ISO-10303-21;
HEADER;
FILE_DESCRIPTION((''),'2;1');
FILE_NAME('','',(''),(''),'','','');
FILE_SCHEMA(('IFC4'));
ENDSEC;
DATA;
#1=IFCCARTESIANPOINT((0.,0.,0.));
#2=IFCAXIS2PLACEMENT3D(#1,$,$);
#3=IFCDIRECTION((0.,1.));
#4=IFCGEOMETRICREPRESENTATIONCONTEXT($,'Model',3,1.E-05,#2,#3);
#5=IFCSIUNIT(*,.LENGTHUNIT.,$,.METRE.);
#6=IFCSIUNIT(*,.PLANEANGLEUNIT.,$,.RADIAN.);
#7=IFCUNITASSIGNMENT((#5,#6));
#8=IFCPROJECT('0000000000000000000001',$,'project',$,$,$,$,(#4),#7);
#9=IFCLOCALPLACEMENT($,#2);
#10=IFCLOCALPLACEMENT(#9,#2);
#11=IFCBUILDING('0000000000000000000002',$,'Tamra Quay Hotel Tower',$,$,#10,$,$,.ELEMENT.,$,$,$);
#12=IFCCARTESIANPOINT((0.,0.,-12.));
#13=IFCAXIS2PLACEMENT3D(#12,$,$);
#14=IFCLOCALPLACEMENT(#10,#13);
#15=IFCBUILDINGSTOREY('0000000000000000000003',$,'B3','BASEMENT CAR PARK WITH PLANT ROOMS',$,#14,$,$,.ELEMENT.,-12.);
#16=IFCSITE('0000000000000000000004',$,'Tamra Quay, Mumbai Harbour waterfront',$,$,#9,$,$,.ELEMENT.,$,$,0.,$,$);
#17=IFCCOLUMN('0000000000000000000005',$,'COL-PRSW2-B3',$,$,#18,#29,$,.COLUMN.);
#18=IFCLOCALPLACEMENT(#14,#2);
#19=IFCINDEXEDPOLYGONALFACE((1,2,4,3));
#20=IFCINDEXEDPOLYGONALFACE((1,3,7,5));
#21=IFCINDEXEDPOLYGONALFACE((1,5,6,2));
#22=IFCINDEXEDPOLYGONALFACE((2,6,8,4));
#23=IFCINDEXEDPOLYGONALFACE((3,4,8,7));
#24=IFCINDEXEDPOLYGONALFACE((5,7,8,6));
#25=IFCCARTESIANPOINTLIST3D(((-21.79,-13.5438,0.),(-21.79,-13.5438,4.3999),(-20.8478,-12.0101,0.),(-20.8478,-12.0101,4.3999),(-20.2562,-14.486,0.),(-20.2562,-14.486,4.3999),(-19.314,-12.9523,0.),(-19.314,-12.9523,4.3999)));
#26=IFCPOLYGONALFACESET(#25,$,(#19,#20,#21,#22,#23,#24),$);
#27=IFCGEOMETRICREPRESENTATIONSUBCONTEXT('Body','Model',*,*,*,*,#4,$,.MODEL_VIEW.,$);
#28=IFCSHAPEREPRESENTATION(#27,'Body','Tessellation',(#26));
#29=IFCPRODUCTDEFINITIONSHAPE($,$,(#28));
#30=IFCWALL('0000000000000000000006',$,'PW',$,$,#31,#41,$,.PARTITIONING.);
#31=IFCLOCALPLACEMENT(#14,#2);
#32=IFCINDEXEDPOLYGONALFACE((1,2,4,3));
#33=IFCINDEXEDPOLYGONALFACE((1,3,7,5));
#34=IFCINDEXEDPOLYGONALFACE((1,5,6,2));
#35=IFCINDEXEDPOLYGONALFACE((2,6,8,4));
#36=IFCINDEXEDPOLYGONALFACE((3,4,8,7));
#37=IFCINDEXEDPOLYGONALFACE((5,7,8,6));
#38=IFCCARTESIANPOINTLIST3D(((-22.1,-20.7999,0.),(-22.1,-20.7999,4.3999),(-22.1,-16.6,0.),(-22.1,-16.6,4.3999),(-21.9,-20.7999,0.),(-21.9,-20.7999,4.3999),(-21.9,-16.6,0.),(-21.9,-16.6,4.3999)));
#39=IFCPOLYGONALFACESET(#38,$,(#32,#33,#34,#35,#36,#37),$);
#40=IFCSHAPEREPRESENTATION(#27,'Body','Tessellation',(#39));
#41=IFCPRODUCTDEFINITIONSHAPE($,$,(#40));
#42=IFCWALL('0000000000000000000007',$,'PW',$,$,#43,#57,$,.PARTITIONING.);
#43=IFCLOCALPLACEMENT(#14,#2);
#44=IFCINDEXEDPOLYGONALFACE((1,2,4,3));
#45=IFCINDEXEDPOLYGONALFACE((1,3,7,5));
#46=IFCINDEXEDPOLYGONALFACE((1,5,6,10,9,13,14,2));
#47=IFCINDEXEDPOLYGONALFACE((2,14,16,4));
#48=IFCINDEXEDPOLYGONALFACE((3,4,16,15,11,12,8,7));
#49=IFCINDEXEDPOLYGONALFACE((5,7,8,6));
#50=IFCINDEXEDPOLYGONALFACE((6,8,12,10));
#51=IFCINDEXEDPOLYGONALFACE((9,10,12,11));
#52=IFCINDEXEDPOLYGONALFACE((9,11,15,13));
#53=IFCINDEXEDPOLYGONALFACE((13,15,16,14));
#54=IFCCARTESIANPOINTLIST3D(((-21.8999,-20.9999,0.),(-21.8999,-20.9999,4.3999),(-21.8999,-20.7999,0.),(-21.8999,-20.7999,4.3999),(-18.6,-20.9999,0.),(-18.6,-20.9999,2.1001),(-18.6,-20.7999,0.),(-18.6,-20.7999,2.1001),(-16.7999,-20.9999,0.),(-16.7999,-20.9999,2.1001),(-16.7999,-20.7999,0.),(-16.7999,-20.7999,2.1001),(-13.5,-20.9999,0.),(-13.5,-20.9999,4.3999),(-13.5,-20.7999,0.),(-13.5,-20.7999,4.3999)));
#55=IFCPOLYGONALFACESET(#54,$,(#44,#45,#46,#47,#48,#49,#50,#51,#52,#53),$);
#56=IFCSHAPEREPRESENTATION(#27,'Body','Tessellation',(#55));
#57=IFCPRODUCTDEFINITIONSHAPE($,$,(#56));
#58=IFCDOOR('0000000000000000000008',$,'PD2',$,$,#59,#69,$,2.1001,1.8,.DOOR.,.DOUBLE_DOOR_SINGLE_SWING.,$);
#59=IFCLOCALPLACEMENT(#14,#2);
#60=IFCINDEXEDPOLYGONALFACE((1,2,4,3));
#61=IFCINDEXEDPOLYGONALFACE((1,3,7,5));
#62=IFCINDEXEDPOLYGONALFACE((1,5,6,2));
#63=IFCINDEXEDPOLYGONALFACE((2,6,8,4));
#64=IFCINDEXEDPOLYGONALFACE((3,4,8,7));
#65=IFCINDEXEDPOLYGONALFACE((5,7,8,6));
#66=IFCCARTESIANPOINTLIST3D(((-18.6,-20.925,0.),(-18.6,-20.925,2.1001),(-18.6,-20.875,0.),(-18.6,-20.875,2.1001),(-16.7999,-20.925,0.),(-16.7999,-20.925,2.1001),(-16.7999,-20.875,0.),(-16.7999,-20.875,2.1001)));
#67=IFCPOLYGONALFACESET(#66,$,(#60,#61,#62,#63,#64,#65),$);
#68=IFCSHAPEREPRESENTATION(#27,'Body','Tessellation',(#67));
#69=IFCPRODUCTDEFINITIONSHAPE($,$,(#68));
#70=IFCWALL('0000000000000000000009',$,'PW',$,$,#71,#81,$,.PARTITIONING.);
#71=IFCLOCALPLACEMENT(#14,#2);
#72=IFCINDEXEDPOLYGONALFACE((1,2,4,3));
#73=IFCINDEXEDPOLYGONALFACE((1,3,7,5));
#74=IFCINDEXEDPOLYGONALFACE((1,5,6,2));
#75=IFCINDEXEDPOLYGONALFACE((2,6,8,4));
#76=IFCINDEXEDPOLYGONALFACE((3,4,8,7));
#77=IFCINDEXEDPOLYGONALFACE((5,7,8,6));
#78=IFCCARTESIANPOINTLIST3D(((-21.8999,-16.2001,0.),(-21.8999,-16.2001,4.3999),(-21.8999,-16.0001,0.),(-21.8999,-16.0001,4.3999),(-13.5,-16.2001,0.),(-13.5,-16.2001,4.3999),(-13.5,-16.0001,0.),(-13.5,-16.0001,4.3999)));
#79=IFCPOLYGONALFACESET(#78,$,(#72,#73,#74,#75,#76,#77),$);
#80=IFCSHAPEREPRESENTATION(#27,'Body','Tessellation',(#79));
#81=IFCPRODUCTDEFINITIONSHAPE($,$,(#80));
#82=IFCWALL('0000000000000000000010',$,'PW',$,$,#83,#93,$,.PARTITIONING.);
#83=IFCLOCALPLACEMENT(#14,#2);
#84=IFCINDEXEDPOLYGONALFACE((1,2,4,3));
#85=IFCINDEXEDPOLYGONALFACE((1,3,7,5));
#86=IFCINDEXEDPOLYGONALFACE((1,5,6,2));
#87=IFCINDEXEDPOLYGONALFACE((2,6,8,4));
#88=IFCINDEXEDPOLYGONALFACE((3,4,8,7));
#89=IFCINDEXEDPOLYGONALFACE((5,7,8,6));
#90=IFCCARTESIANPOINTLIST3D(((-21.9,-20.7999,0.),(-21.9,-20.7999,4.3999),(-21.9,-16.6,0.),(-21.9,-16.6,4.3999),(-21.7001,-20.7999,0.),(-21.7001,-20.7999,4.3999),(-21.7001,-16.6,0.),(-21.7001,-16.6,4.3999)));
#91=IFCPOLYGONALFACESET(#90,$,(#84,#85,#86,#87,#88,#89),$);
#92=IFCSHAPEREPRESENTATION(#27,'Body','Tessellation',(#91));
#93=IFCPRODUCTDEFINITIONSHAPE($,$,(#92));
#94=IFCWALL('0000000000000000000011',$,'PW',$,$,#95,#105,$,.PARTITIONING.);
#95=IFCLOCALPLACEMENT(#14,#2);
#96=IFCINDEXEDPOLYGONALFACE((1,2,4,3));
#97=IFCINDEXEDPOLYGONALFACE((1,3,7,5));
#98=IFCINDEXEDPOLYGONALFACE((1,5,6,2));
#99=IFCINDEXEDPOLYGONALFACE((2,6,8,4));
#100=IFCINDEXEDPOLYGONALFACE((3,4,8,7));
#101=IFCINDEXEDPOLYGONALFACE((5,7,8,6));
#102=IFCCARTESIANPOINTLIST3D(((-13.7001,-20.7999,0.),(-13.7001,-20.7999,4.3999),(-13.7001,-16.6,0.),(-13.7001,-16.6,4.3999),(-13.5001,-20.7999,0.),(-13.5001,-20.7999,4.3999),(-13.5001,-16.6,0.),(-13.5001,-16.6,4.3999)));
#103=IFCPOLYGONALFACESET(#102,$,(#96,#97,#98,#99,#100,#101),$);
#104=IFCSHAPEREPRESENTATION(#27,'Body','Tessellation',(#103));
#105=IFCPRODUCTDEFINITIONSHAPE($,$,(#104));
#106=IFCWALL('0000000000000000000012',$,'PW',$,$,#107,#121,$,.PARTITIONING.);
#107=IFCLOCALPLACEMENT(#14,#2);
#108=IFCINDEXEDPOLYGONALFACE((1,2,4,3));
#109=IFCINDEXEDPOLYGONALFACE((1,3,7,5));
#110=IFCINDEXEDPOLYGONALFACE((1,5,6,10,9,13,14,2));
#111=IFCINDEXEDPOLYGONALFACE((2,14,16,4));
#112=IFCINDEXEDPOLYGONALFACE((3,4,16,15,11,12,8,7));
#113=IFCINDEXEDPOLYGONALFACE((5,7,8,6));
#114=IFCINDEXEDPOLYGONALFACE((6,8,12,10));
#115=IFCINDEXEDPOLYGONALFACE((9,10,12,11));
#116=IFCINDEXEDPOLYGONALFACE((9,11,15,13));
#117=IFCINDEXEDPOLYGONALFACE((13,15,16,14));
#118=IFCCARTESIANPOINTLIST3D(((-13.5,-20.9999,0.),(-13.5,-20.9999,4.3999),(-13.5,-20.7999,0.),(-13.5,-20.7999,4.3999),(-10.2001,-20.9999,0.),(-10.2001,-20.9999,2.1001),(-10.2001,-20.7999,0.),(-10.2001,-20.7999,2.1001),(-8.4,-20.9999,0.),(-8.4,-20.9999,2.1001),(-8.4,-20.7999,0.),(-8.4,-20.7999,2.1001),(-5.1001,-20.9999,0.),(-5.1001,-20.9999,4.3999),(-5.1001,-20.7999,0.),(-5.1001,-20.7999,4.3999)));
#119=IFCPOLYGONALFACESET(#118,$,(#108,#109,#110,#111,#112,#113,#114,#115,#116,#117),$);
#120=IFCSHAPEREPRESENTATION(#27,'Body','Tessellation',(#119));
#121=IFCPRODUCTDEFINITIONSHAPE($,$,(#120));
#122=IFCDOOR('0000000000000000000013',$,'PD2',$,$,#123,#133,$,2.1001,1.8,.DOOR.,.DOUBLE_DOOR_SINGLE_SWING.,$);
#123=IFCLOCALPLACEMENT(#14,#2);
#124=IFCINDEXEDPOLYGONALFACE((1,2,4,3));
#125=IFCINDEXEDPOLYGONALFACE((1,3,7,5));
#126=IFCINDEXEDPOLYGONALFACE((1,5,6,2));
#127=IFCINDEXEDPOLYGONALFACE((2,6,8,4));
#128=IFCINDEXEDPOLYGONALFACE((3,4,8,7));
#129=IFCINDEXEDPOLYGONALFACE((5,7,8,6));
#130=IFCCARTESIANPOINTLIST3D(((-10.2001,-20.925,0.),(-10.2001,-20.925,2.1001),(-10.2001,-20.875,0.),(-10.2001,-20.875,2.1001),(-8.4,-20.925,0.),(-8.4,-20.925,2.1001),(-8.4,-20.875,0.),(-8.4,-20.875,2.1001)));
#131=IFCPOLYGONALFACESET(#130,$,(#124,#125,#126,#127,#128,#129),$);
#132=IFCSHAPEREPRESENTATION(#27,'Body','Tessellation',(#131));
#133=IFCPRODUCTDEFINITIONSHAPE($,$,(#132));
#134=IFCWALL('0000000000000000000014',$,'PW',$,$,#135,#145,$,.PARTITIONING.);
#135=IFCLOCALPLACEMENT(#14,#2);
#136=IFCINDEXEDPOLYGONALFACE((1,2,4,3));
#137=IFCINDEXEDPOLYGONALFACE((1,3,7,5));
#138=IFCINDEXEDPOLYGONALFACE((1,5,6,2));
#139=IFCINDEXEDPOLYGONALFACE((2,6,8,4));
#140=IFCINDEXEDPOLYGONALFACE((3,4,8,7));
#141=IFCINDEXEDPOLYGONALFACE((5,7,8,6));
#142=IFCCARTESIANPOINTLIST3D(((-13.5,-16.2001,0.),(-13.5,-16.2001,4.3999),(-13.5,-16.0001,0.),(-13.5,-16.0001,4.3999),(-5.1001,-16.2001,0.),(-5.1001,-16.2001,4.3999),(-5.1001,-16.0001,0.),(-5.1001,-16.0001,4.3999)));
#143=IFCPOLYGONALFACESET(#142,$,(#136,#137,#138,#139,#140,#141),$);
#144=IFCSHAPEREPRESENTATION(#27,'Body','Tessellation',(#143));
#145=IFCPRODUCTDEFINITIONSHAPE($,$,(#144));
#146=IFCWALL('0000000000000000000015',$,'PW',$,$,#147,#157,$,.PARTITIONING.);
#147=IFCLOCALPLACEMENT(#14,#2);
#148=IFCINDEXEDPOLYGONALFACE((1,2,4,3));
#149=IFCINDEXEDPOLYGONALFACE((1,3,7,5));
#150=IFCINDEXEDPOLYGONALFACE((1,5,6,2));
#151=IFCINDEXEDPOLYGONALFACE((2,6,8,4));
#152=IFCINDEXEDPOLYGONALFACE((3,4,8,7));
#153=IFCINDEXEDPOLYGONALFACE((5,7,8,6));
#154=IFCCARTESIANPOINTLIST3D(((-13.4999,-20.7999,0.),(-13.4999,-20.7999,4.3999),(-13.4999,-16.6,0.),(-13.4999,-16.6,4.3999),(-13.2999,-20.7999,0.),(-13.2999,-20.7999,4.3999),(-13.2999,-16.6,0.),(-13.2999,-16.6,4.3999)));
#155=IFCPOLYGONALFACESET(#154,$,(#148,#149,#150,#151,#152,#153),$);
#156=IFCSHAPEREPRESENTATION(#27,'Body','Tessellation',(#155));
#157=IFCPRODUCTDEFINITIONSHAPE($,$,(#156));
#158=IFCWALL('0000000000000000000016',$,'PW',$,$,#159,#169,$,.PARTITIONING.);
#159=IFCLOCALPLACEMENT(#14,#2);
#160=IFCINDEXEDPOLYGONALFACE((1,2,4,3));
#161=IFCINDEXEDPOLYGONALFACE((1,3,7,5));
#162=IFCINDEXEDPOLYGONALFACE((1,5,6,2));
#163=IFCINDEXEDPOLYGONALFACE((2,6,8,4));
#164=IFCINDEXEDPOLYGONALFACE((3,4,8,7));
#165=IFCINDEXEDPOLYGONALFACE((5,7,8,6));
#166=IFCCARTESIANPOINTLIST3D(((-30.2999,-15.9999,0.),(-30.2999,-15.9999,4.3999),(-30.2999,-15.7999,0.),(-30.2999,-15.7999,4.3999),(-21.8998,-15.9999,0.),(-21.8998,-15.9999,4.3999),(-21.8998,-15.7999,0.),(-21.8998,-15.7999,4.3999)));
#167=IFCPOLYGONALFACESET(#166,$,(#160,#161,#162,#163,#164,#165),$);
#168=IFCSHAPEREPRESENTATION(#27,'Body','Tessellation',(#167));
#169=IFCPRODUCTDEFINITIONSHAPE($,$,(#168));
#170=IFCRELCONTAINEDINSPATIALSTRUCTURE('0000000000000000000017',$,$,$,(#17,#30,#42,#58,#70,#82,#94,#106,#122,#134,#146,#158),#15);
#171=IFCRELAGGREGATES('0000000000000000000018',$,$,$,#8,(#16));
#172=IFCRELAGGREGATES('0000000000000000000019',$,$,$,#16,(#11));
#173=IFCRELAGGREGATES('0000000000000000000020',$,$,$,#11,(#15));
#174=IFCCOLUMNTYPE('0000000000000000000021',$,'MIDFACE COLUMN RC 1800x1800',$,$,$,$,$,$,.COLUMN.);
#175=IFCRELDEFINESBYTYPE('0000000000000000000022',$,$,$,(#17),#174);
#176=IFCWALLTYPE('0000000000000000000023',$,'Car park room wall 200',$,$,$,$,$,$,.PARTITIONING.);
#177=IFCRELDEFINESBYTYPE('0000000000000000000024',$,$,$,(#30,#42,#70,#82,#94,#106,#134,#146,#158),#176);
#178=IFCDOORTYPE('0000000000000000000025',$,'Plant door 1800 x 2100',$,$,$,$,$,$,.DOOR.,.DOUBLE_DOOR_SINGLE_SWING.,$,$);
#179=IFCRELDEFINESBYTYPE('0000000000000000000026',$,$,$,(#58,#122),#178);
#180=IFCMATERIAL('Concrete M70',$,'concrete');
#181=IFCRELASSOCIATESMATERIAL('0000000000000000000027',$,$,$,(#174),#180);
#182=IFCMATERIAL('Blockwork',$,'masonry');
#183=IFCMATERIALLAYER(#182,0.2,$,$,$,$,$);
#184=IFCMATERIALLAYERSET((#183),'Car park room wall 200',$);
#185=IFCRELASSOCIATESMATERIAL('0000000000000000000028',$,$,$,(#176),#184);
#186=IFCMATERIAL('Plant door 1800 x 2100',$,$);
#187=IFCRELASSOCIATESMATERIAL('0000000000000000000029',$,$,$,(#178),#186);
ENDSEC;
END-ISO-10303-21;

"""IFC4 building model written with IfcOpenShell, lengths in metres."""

from ifc_helpers import new_model, si_unit, direction, frame, frame_2d, origin, origin_2d, place, context, subcontext, project, spatial, rectangle, extrude, material, layer, layer_set, material_profile, profile_set, type_object, element, fill, save


model = new_model("IFC4")

# Units and contexts
model_context = context("Model", 3, precision=1e-05, world=origin(), true_north=direction((0.0, 1.0)))
body_context = subcontext(model_context, "Body", "Model", "MODEL_VIEW")
ifc_project = project(units=[si_unit("LENGTHUNIT", "METRE"), si_unit("PLANEANGLEUNIT", "RADIAN")], contexts=[model_context])

# Site, building, storey
site_placement = place(None, origin())
site = spatial("IfcSite", under=ifc_project, at=site_placement, Name="Tamra Quay, Mumbai Harbour waterfront", CompositionType="ELEMENT", RefElevation=0.0)
building_placement = place(site_placement, origin())
building = spatial("IfcBuilding", under=site, at=building_placement, Name="Tamra Quay Hotel Tower", CompositionType="ELEMENT")
storey_placement = place(building_placement, frame((0.0, 0.0, -12.0)))
storey = spatial("IfcBuildingStorey", under=building, at=storey_placement, Name="B3", Description="BASEMENT CAR PARK WITH PLANT ROOMS", CompositionType="ELEMENT", Elevation=-12.0)

# Column
ifc_material_1 = material(Name="Concrete M70", Category="concrete")
ifc_material_profile_1 = material_profile(ifc_material_1, rectangle(XDim=1.8, YDim=1.8, at=origin_2d()), Name="MIDFACE COLUMN RC 1800x1800")
ifc_profile_set_1 = profile_set([ifc_material_profile_1], Name="Concrete M70")
column_type_1 = type_object("IfcColumnType", Name="MIDFACE COLUMN RC 1800x1800", PredefinedType="COLUMN", material=ifc_profile_set_1)
column_1_placement = place(storey_placement, frame((-20.552, -13.248, 0.0), z_axis=(0.0, 0.0, 1.0), x_axis=(0.52343, 0.852069, 0.0)))
element("IfcColumn", 1, at=column_1_placement, inside=storey, type_object=column_type_1, Name="COL-PRSW2-B3", PredefinedType="COLUMN", context=body_context, shape_type="SweptSolid", body=[
    extrude(rectangle(XDim=1.8, YDim=1.8, at=origin_2d()), origin(), (0.0, 0.0, 1.0), 4.3999),
])

# Wall
ifc_material_2 = material(Name="Blockwork", Category="masonry")
ifc_layer_1 = layer(ifc_material_2, 0.2)
ifc_layer_set_1 = layer_set([ifc_layer_1], Name="Car park room wall 200")
wall_type_1 = type_object("IfcWallType", Name="Car park room wall 200", PredefinedType="PARTITIONING", material=ifc_layer_set_1)
wall_1_placement = place(storey_placement, frame((-22.0, -20.8, 0.0), z_axis=(0.0, 0.0, 1.0), x_axis=(0.0, 1.0, 0.0)))
element("IfcWall", 2, at=wall_1_placement, inside=storey, type_object=wall_type_1, Name="PW", PredefinedType="PARTITIONING", context=body_context, shape_type="SweptSolid", body=[
    extrude(rectangle(XDim=4.2, YDim=0.2, at=frame_2d((2.1001, 0.0))), origin(), (0.0, 0.0, 1.0), 4.3999),
])

# Wall, opening, door
wall_2_placement = place(storey_placement, frame((-21.8999, -20.8999, 0.0), z_axis=(0.0, 0.0, 1.0), x_axis=(1.0, 0.0, 0.0)))
wall_2 = element("IfcWall", 3, at=wall_2_placement, inside=storey, type_object=wall_type_1, Name="PW", PredefinedType="PARTITIONING", context=body_context, shape_type="SweptSolid", body=[
    extrude(rectangle(XDim=8.3999, YDim=0.2, at=frame_2d((4.2, 0.0))), origin(), (0.0, 0.0, 1.0), 4.3999),
])
opening_1_placement = place(wall_2_placement, frame((3.3, 0.0, 0.0)))
opening_1 = element("IfcOpeningElement", 4, at=opening_1_placement, cuts=wall_2, PredefinedType="OPENING", context=body_context, shape_type="SweptSolid", body=[
    extrude(rectangle(XDim=1.8, YDim=2.1001, at=frame_2d((0.8999, 1.05))), frame((0.0, 0.1099, 0.0), z_axis=(0.0, -1.0, 0.0), x_axis=(1.0, 0.0, 0.0)), (0.0, 0.0, 1.0), 0.22),
])
ifc_material_3 = material(Name="Plant door 1800 x 2100")
door_type_1 = type_object("IfcDoorType", Name="Plant door 1800 x 2100", OperationType="DOUBLE_DOOR_SINGLE_SWING", PredefinedType="DOOR", material=ifc_material_3)
door_1_placement = place(opening_1_placement, origin())
door_1 = element("IfcDoor", 5, at=door_1_placement, inside=storey, type_object=door_type_1, Name="PD2", OperationType="DOUBLE_DOOR_SINGLE_SWING", OverallHeight=2.1001, OverallWidth=1.8, PredefinedType="DOOR", context=body_context, shape_type="SweptSolid", body=[
    extrude(rectangle(XDim=1.8, YDim=2.1001, at=frame_2d((0.8999, 1.05))), frame((0.0, 0.0249, 0.0), z_axis=(0.0, -1.0, 0.0), x_axis=(1.0, 0.0, 0.0)), (0.0, 0.0, 1.0), 0.05),
])
fill(opening_1, door_1)

# Walls
wall_3_placement = place(storey_placement, frame((-21.8999, -16.1001, 0.0), z_axis=(0.0, 0.0, 1.0), x_axis=(1.0, 0.0, 0.0)))
element("IfcWall", 6, at=wall_3_placement, inside=storey, type_object=wall_type_1, Name="PW", PredefinedType="PARTITIONING", context=body_context, shape_type="SweptSolid", body=[
    extrude(rectangle(XDim=8.3999, YDim=0.2, at=frame_2d((4.2, 0.0))), origin(), (0.0, 0.0, 1.0), 4.3999),
])
for number, where, z_axis, x_axis, name in (
    (7, (-21.8, -20.8, 0.0), (0.0, 0.0, 1.0), (0.0, 1.0, 0.0), "PW"),
    (8, (-13.6001, -20.8, 0.0), (0.0, 0.0, 1.0), (0.0, 1.0, 0.0), "PW"),
):
    element("IfcWall", number, at=place(storey_placement, frame(where, z_axis=z_axis, x_axis=x_axis)), inside=storey, type_object=wall_type_1, Name=name, PredefinedType="PARTITIONING", context=body_context, shape_type="SweptSolid", body=[
        extrude(rectangle(XDim=4.2, YDim=0.2, at=frame_2d((2.1001, 0.0))), origin(), (0.0, 0.0, 1.0), 4.3999),
    ])

# Wall, opening, door
wall_4_placement = place(storey_placement, frame((-13.5, -20.8999, 0.0), z_axis=(0.0, 0.0, 1.0), x_axis=(1.0, 0.0, 0.0)))
wall_4 = element("IfcWall", 9, at=wall_4_placement, inside=storey, type_object=wall_type_1, Name="PW", PredefinedType="PARTITIONING", context=body_context, shape_type="SweptSolid", body=[
    extrude(rectangle(XDim=8.3999, YDim=0.2, at=frame_2d((4.2, 0.0))), origin(), (0.0, 0.0, 1.0), 4.3999),
])
opening_2_placement = place(wall_4_placement, frame((3.3, 0.0, 0.0)))
opening_2 = element("IfcOpeningElement", 10, at=opening_2_placement, cuts=wall_4, PredefinedType="OPENING", context=body_context, shape_type="SweptSolid", body=[
    extrude(rectangle(XDim=1.8, YDim=2.1001, at=frame_2d((0.8999, 1.05))), frame((0.0, 0.1099, 0.0), z_axis=(0.0, -1.0, 0.0), x_axis=(1.0, 0.0, 0.0)), (0.0, 0.0, 1.0), 0.22),
])
door_2_placement = place(opening_2_placement, origin())
door_2 = element("IfcDoor", 11, at=door_2_placement, inside=storey, type_object=door_type_1, Name="PD2", OperationType="DOUBLE_DOOR_SINGLE_SWING", OverallHeight=2.1001, OverallWidth=1.8, PredefinedType="DOOR", context=body_context, shape_type="SweptSolid", body=[
    extrude(rectangle(XDim=1.8, YDim=2.1001, at=frame_2d((0.8999, 1.05))), frame((0.0, 0.0249, 0.0), z_axis=(0.0, -1.0, 0.0), x_axis=(1.0, 0.0, 0.0)), (0.0, 0.0, 1.0), 0.05),
])
fill(opening_2, door_2)

# Walls
wall_5_placement = place(storey_placement, frame((-13.5, -16.1001, 0.0), z_axis=(0.0, 0.0, 1.0), x_axis=(1.0, 0.0, 0.0)))
element("IfcWall", 12, at=wall_5_placement, inside=storey, type_object=wall_type_1, Name="PW", PredefinedType="PARTITIONING", context=body_context, shape_type="SweptSolid", body=[
    extrude(rectangle(XDim=8.3999, YDim=0.2, at=frame_2d((4.2, 0.0))), origin(), (0.0, 0.0, 1.0), 4.3999),
])
wall_6_placement = place(storey_placement, frame((-13.3999, -20.8, 0.0), z_axis=(0.0, 0.0, 1.0), x_axis=(0.0, 1.0, 0.0)))
element("IfcWall", 13, at=wall_6_placement, inside=storey, type_object=wall_type_1, Name="PW", PredefinedType="PARTITIONING", context=body_context, shape_type="SweptSolid", body=[
    extrude(rectangle(XDim=4.2, YDim=0.2, at=frame_2d((2.1001, 0.0))), origin(), (0.0, 0.0, 1.0), 4.3999),
])
wall_7_placement = place(storey_placement, frame((-30.3, -15.8999, 0.0), z_axis=(0.0, 0.0, 1.0), x_axis=(1.0, 0.0, 0.0)))
element("IfcWall", 14, at=wall_7_placement, inside=storey, type_object=wall_type_1, Name="PW", PredefinedType="PARTITIONING", context=body_context, shape_type="SweptSolid", body=[
    extrude(rectangle(XDim=8.4001, YDim=0.2, at=frame_2d((4.2002, 0.0))), origin(), (0.0, 0.0, 1.0), 4.3999),
])

save(model, "model.ifc")
